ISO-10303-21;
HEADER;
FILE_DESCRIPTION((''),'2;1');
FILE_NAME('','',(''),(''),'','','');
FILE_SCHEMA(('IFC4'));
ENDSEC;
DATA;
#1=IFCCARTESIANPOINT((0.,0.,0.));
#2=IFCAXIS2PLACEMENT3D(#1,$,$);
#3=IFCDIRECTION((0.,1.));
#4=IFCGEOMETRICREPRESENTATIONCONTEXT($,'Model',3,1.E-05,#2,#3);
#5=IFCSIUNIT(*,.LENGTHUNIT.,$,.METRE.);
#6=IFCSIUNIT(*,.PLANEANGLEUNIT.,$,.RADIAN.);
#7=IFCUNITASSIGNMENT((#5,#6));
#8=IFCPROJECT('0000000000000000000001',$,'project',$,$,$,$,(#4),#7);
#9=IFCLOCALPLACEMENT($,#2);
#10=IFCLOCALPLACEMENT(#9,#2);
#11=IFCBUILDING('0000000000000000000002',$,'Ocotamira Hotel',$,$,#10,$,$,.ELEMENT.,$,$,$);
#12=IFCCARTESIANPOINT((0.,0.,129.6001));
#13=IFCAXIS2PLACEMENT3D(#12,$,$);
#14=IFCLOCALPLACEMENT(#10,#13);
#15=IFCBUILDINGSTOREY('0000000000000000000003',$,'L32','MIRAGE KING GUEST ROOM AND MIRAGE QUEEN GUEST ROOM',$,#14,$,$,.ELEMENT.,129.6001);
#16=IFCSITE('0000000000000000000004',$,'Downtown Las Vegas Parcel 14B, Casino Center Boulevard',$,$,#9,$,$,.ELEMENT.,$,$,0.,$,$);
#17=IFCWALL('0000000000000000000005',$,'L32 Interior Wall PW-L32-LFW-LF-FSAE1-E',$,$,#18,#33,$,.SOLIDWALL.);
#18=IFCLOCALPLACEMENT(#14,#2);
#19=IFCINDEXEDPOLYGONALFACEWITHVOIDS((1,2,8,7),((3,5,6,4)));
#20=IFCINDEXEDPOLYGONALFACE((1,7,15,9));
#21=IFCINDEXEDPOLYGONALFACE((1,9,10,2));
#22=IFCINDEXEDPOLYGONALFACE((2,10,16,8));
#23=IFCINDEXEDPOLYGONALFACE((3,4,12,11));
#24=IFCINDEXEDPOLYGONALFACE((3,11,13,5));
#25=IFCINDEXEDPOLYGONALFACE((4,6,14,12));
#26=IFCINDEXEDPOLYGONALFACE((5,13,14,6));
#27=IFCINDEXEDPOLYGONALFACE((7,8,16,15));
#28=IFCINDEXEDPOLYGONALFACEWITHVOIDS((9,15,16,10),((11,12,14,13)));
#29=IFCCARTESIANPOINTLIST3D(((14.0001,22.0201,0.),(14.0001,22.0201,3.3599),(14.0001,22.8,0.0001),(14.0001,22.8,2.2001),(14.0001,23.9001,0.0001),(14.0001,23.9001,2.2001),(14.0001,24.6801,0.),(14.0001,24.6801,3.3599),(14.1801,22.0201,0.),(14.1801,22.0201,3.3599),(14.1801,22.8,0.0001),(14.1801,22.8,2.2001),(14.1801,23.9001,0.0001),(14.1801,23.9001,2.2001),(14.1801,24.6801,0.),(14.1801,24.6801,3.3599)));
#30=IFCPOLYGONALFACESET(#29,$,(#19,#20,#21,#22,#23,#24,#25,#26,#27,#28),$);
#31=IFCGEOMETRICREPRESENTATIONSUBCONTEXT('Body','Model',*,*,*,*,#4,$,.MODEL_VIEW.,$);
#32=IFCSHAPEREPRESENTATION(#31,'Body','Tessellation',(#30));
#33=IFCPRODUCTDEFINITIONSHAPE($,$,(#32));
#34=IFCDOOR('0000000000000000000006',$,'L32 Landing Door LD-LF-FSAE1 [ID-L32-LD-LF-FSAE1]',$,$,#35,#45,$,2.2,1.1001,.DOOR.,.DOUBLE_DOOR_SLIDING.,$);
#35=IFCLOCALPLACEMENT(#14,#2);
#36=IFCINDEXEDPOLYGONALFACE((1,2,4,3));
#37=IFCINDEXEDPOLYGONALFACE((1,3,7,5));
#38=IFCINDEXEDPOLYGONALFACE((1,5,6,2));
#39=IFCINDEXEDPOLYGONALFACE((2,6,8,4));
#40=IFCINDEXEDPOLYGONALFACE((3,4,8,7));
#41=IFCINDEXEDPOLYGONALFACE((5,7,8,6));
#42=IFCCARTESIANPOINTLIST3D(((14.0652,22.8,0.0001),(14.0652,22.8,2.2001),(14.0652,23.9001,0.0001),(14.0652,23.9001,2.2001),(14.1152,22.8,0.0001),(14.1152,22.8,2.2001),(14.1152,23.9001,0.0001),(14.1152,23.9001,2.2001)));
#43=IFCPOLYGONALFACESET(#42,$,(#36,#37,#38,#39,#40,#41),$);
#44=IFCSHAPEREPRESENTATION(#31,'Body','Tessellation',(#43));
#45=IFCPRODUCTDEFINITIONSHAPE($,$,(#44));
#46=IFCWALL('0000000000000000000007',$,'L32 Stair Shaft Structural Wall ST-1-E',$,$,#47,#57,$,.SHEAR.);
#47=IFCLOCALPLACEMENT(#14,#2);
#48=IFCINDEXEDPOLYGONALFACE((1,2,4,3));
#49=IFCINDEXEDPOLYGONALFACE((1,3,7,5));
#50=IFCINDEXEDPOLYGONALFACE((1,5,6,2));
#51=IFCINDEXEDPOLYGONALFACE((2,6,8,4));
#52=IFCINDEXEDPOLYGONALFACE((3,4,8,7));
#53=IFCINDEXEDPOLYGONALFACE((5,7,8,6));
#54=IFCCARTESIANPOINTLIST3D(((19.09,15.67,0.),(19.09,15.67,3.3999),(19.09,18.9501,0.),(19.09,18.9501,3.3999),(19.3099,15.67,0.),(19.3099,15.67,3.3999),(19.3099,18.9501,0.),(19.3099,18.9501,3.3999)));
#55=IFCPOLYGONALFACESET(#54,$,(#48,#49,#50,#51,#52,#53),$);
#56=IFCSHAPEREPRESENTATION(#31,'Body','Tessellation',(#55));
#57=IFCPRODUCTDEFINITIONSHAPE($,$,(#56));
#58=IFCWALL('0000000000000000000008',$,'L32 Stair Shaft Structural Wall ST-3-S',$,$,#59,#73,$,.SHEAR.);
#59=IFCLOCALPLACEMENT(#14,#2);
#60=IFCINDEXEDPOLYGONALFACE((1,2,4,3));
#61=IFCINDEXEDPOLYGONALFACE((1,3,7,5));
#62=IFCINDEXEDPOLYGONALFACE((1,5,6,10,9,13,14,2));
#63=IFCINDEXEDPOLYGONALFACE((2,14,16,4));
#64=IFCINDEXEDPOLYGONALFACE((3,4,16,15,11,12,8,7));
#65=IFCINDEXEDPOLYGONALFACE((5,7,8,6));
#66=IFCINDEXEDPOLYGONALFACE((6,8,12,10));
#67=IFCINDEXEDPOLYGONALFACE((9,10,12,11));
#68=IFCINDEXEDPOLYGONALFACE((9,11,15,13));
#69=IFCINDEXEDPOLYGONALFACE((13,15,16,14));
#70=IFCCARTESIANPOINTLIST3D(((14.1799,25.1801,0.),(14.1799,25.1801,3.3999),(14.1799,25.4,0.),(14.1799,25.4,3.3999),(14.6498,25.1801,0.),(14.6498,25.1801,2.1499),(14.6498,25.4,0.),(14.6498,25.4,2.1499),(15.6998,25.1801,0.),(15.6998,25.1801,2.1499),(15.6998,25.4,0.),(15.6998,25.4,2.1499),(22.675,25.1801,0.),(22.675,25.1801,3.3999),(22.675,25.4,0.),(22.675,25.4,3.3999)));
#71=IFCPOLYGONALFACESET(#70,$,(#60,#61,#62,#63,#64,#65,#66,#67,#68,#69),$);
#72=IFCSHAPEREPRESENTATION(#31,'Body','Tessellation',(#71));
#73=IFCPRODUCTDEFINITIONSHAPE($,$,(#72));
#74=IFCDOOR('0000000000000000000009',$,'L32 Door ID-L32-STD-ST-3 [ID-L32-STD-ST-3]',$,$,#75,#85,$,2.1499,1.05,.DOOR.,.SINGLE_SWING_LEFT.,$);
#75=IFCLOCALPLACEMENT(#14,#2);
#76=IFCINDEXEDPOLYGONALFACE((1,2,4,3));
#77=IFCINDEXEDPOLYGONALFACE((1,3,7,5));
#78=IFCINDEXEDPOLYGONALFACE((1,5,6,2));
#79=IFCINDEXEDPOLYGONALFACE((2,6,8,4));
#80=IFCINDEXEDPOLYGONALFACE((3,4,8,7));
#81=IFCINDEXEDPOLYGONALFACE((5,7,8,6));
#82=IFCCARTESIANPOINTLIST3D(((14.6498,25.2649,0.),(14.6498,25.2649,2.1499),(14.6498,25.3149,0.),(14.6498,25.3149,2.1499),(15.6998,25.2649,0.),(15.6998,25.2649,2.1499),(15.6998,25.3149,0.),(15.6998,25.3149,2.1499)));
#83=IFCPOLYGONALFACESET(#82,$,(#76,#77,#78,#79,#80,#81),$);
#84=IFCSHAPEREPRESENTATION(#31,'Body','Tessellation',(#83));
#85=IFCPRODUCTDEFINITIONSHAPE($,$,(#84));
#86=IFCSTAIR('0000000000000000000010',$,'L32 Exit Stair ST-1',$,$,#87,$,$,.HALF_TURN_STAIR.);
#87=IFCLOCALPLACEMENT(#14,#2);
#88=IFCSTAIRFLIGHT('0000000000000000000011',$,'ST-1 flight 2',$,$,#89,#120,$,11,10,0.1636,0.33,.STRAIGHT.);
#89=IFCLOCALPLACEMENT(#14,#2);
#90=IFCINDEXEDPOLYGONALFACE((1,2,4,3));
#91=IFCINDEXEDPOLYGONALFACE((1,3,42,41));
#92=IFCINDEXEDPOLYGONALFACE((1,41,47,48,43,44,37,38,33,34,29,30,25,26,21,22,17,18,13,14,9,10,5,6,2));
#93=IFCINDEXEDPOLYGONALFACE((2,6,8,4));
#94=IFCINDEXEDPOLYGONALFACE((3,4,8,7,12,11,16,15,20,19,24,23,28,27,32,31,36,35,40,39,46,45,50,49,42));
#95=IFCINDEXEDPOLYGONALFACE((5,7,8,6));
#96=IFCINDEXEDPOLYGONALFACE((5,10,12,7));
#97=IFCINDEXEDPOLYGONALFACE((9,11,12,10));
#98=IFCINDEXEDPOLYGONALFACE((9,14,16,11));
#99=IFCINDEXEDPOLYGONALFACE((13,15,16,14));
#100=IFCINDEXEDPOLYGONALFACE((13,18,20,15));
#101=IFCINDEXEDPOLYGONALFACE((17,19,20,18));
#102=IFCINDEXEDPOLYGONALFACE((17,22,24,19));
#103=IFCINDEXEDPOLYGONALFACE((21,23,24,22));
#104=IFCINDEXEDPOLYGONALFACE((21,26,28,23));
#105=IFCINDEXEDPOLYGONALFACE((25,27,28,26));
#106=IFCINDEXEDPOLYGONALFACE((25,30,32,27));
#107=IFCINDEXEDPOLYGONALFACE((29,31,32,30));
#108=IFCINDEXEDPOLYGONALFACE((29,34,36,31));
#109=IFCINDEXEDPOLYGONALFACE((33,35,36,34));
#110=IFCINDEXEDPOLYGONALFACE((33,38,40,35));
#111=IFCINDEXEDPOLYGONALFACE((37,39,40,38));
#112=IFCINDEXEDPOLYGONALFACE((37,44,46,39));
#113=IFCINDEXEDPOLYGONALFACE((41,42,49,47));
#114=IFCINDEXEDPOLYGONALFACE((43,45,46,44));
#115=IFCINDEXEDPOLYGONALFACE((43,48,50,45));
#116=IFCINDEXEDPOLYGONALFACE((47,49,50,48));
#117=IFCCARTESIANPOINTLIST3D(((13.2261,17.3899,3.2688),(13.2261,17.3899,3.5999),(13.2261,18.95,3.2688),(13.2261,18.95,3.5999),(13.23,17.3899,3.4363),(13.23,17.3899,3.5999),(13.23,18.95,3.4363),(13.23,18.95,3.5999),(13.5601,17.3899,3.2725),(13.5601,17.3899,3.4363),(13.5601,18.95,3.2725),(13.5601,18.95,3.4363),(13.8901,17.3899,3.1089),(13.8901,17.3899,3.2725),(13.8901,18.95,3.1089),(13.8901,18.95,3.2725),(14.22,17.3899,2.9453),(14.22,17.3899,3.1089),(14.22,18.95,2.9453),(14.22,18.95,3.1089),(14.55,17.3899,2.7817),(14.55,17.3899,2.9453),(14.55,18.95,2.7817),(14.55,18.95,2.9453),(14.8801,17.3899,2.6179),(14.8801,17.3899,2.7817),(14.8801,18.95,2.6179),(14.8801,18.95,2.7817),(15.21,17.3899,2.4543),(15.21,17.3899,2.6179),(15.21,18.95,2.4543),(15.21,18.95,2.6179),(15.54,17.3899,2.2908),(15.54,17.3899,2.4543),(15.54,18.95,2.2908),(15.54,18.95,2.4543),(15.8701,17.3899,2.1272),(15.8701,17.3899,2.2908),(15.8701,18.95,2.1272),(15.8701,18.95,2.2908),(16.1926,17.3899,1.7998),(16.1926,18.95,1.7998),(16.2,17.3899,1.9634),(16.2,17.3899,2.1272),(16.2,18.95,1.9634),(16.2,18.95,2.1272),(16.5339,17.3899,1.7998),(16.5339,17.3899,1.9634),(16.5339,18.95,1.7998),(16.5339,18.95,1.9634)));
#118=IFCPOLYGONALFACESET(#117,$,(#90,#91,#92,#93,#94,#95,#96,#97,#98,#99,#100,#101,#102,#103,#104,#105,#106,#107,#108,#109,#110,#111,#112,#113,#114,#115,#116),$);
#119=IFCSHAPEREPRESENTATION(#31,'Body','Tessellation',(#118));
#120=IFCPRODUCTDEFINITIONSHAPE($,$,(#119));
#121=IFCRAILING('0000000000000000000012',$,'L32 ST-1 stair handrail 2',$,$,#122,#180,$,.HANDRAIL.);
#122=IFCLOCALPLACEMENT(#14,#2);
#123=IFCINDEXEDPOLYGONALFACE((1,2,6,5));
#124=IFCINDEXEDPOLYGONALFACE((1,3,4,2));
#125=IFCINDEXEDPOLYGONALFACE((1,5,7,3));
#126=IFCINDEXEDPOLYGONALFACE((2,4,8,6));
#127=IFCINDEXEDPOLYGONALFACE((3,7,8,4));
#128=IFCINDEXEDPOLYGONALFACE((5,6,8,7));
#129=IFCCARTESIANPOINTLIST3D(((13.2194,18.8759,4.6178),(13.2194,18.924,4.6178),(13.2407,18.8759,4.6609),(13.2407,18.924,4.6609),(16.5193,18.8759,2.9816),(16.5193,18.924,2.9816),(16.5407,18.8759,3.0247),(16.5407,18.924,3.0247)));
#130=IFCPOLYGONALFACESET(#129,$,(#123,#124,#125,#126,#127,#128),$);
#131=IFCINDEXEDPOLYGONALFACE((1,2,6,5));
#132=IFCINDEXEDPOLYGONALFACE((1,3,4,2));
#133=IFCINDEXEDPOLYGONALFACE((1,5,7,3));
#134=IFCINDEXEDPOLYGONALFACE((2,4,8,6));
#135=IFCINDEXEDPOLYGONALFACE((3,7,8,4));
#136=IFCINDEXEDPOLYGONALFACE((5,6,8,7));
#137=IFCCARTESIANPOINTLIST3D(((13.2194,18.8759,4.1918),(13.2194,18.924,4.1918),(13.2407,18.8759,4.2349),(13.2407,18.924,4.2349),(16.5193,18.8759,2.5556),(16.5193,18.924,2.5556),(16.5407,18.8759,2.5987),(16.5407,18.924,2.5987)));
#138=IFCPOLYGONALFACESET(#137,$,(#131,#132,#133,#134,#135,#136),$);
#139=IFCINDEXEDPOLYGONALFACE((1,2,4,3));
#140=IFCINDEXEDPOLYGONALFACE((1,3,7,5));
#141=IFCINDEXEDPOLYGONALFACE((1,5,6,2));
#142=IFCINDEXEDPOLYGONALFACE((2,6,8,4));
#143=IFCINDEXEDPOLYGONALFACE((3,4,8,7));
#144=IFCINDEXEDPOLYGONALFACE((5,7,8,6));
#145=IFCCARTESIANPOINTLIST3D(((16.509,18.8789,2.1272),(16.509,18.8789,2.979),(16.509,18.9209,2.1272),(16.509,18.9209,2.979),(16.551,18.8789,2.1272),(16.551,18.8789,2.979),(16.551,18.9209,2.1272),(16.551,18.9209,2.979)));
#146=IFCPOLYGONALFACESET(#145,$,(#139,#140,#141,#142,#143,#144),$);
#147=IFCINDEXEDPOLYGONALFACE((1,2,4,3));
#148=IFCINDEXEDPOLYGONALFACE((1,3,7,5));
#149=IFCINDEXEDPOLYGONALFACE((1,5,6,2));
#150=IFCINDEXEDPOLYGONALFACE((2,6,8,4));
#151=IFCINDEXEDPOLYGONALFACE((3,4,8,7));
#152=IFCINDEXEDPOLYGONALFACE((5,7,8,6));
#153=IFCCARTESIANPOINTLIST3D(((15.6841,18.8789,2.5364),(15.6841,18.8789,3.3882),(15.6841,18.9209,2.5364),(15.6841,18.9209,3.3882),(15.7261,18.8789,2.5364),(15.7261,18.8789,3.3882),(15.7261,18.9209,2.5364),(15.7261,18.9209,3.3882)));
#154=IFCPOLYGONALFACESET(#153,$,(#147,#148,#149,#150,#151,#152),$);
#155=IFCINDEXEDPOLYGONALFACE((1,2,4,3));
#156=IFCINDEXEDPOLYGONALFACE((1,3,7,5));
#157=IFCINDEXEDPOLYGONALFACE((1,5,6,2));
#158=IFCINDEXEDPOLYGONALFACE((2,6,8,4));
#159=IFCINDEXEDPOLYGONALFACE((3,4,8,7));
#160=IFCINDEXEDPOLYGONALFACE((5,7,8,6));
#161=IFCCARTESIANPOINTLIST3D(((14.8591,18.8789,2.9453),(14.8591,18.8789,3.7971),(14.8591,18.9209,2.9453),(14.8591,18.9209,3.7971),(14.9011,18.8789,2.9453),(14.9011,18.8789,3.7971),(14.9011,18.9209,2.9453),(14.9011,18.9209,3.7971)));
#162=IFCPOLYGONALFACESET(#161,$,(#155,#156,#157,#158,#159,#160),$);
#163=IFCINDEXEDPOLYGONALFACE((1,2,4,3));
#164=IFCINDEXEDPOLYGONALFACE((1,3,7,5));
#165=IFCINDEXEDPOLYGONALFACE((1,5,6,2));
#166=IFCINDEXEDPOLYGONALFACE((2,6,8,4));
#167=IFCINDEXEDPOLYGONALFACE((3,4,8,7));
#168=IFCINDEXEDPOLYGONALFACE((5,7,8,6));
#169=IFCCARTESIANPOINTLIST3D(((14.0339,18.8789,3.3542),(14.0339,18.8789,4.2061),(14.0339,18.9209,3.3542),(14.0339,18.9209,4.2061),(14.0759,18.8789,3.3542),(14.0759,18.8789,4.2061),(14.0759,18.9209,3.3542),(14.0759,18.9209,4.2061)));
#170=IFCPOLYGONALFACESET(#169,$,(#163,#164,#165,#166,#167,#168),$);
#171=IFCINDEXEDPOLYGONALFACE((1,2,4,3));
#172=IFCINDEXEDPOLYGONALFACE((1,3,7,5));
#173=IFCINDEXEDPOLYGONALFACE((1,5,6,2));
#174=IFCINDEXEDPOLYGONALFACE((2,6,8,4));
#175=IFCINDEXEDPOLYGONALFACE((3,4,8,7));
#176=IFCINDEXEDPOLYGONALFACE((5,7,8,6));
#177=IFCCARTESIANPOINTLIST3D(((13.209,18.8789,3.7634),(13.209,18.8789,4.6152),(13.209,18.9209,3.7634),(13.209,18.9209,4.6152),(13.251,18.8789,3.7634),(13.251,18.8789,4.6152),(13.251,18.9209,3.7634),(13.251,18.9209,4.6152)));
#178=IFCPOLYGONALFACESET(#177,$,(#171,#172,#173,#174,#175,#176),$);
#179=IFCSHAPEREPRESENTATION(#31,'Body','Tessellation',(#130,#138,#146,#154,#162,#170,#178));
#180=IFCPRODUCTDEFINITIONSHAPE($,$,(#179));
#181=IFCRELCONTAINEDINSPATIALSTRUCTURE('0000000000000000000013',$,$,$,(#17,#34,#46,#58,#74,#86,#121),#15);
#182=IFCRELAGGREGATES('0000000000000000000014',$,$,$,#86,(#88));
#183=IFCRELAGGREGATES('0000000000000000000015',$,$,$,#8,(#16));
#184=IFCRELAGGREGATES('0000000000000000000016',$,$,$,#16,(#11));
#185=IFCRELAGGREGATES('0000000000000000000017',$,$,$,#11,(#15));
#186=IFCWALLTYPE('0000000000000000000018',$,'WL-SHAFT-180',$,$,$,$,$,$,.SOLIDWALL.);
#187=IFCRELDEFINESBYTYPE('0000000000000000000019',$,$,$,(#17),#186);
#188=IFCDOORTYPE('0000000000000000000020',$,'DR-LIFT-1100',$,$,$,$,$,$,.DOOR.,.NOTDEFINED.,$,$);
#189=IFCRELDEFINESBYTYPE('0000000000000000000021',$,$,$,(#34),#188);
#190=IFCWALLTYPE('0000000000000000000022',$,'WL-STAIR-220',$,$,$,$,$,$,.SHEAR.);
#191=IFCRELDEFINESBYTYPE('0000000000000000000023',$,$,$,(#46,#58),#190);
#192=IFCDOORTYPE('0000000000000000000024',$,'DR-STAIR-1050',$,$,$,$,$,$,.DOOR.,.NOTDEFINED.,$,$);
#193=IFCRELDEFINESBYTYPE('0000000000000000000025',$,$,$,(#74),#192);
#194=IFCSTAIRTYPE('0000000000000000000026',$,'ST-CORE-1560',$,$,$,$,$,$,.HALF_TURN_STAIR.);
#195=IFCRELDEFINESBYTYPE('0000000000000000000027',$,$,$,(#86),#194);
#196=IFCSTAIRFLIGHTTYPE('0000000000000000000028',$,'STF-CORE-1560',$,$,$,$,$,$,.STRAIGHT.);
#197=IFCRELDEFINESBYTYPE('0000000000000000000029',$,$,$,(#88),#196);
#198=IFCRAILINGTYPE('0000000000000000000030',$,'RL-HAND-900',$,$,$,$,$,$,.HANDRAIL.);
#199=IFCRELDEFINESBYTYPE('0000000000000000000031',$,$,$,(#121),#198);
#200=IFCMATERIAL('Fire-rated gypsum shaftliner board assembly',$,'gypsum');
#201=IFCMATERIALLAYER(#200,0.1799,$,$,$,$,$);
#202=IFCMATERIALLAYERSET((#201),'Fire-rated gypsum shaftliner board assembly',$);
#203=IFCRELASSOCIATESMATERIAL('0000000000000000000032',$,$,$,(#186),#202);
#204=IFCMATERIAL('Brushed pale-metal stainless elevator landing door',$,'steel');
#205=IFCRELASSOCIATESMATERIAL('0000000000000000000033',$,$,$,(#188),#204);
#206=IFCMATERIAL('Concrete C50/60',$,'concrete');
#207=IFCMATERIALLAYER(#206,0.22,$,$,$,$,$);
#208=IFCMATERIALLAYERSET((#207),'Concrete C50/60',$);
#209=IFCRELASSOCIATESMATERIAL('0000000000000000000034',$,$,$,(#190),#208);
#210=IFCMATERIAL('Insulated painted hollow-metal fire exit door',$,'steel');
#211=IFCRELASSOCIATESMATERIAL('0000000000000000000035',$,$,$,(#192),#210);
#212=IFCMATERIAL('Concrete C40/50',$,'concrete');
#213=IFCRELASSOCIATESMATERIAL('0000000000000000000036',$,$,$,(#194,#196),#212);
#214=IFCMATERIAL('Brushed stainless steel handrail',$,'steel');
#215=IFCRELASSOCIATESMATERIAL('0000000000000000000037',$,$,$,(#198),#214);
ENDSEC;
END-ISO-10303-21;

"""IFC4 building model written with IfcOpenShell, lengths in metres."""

from ifc_helpers import new_model, si_unit, direction, frame, frame_2d, origin, origin_2d, place, context, subcontext, project, spatial, polyline, rectangle, outline, extrude, source, transform, mapped, material, layer, layer_set, type_object, element, fill, aggregate, save


model = new_model("IFC4")

# Units and contexts
model_context = context("Model", 3, precision=1e-05, world=origin(), true_north=direction((0.0, 1.0)))
body_context = subcontext(model_context, "Body", "Model", "MODEL_VIEW")
ifc_project = project(units=[si_unit("LENGTHUNIT", "METRE"), si_unit("PLANEANGLEUNIT", "RADIAN")], contexts=[model_context])

# Site, building, storey
site_placement = place(None, origin())
site = spatial("IfcSite", under=ifc_project, at=site_placement, Name="Downtown Las Vegas Parcel 14B, Casino Center Boulevard", CompositionType="ELEMENT", RefElevation=0.0)
building_placement = place(site_placement, origin())
building = spatial("IfcBuilding", under=site, at=building_placement, Name="Ocotamira Hotel", CompositionType="ELEMENT")
storey_placement = place(building_placement, frame((0.0, 0.0, 129.6001)))
storey = spatial("IfcBuildingStorey", under=building, at=storey_placement, Name="L32", Description="MIRAGE KING GUEST ROOM AND MIRAGE QUEEN GUEST ROOM", CompositionType="ELEMENT", Elevation=129.6001)

# Shared definitions
ifc_material_1 = material(Name="Fire-rated gypsum shaftliner board assembly", Category="gypsum")
ifc_layer_1 = layer(ifc_material_1, 0.1799)
ifc_layer_set_1 = layer_set([ifc_layer_1], Name="Fire-rated gypsum shaftliner board assembly")
wall_type_1 = type_object("IfcWallType", Name="WL-SHAFT-180", PredefinedType="SOLIDWALL", material=ifc_layer_set_1)

# Wall, opening, door
wall_1_placement = place(storey_placement, frame((14.0901, 22.02, 0.0), z_axis=(0.0, 0.0, 1.0), x_axis=(0.0, 1.0, 0.0)))
wall_1 = element("IfcWall", 1, at=wall_1_placement, inside=storey, type_object=wall_type_1, Name="L32 Interior Wall PW-L32-LFW-LF-FSAE1-E", PredefinedType="SOLIDWALL", context=body_context, shape_type="SweptSolid", body=[
    extrude(rectangle(XDim=2.6599, YDim=0.1799, at=frame_2d((1.3301, 0.0))), origin(), (0.0, 0.0, 1.0), 3.3599),
])
opening_1_placement = place(wall_1_placement, frame((0.78, 0.0, 0.0)))
opening_1 = element("IfcOpeningElement", 2, at=opening_1_placement, cuts=wall_1, PredefinedType="OPENING", context=body_context, shape_type="SweptSolid", body=[
    extrude(rectangle(XDim=1.1001, YDim=2.2, at=frame_2d((0.55, 1.1001))), frame((0.0, 0.1001, 0.0), z_axis=(0.0, -1.0, 0.0), x_axis=(1.0, 0.0, 0.0)), (0.0, 0.0, 1.0), 0.2),
])
ifc_material_2 = material(Name="Brushed pale-metal stainless elevator landing door", Category="steel")
door_type_1 = type_object("IfcDoorType", Name="DR-LIFT-1100", OperationType="NOTDEFINED", PredefinedType="DOOR", material=ifc_material_2)
shared_shape_1 = source(origin(), body_context, "Body", "SweptSolid", [
    extrude(rectangle(XDim=1.1001, YDim=2.2, at=frame_2d((0.55, 1.1001))), frame((0.0, 0.0249, 0.0), z_axis=(0.0, -1.0, 0.0), x_axis=(1.0, 0.0, 0.0)), (0.0, 0.0, 1.0), 0.05),
])
door_1_placement = place(opening_1_placement, origin())
door_1 = element("IfcDoor", 3, at=door_1_placement, inside=storey, type_object=door_type_1, Name="L32 Landing Door LD-LF-FSAE1 [ID-L32-LD-LF-FSAE1]", OperationType="DOUBLE_DOOR_SLIDING", OverallHeight=2.2, OverallWidth=1.1001, PredefinedType="DOOR", context=body_context, shape_type="MappedRepresentation", body=[
    mapped(shared_shape_1, transform((0.0, 0.0, 0.0), scale=1.0)),
])
fill(opening_1, door_1)

# Wall
ifc_material_3 = material(Name="Concrete C50/60", Category="concrete")
ifc_layer_2 = layer(ifc_material_3, 0.22)
ifc_layer_set_2 = layer_set([ifc_layer_2], Name="Concrete C50/60")
wall_type_2 = type_object("IfcWallType", Name="WL-STAIR-220", PredefinedType="SHEAR", material=ifc_layer_set_2)
wall_2_placement = place(storey_placement, frame((19.2, 15.6699, 0.0), z_axis=(0.0, 0.0, 1.0), x_axis=(0.0, 1.0, 0.0)))
element("IfcWall", 4, at=wall_2_placement, inside=storey, type_object=wall_type_2, Name="L32 Stair Shaft Structural Wall ST-1-E", PredefinedType="SHEAR", context=body_context, shape_type="SweptSolid", body=[
    extrude(rectangle(XDim=3.28, YDim=0.22, at=frame_2d((1.6401, 0.0))), origin(), (0.0, 0.0, 1.0), 3.3999),
])

# Wall, opening, door
wall_3_placement = place(storey_placement, frame((14.1799, 25.29, 0.0), z_axis=(0.0, 0.0, 1.0), x_axis=(1.0, 0.0, 0.0)))
wall_3 = element("IfcWall", 5, at=wall_3_placement, inside=storey, type_object=wall_type_2, Name="L32 Stair Shaft Structural Wall ST-3-S", PredefinedType="SHEAR", context=body_context, shape_type="SweptSolid", body=[
    extrude(rectangle(XDim=8.4951, YDim=0.22, at=frame_2d((4.2476, 0.0))), origin(), (0.0, 0.0, 1.0), 3.3999),
])
opening_2_placement = place(wall_3_placement, frame((0.47, 0.0, 0.0)))
opening_2 = element("IfcOpeningElement", 6, at=opening_2_placement, cuts=wall_3, PredefinedType="OPENING", context=body_context, shape_type="SweptSolid", body=[
    extrude(rectangle(XDim=1.05, YDim=2.1499, at=frame_2d((0.5249, 1.075))), frame((0.0, 0.1201, 0.0), z_axis=(0.0, -1.0, 0.0), x_axis=(1.0, 0.0, 0.0)), (0.0, 0.0, 1.0), 0.24),
])
ifc_material_4 = material(Name="Insulated painted hollow-metal fire exit door", Category="steel")
door_type_2 = type_object("IfcDoorType", Name="DR-STAIR-1050", OperationType="NOTDEFINED", PredefinedType="DOOR", material=ifc_material_4)
shared_shape_2 = source(origin(), body_context, "Body", "SweptSolid", [
    extrude(rectangle(XDim=1.05, YDim=2.1499, at=frame_2d((0.5249, 1.075))), frame((0.0, 0.0249, 0.0), z_axis=(0.0, -1.0, 0.0), x_axis=(1.0, 0.0, 0.0)), (0.0, 0.0, 1.0), 0.05),
])
door_2_placement = place(opening_2_placement, origin())
door_2 = element("IfcDoor", 7, at=door_2_placement, inside=storey, type_object=door_type_2, Name="L32 Door ID-L32-STD-ST-3 [ID-L32-STD-ST-3]", OperationType="SINGLE_SWING_LEFT", OverallHeight=2.1499, OverallWidth=1.05, PredefinedType="DOOR", context=body_context, shape_type="MappedRepresentation", body=[
    mapped(shared_shape_2, transform((0.0, 0.0, 0.0), scale=1.0)),
])
fill(opening_2, door_2)

# Stair, stair flight
ifc_material_5 = material(Name="Concrete C40/50", Category="concrete")
stair_type = type_object("IfcStairType", Name="ST-CORE-1560", PredefinedType="HALF_TURN_STAIR", material=ifc_material_5)
stair_placement = place(storey_placement, origin())
stair = element("IfcStair", 8, at=stair_placement, inside=storey, type_object=stair_type, Name="L32 Exit Stair ST-1", PredefinedType="HALF_TURN_STAIR")
stair_flight_type = type_object("IfcStairFlightType", Name="STF-CORE-1560", PredefinedType="STRAIGHT", material=ifc_material_5)
shared_shape_3 = source(origin(), body_context, "Body", "SweptSolid", [
    extrude(outline(polyline([(-0.0039, 0.0), (-0.0039, 0.1636), (0.3301, 0.1636), (0.3301, 0.3274), (0.6599, 0.3274), (0.6599, 0.491), (0.99, 0.491), (0.99, 0.6545), (1.3201, 0.6545), (1.3201, 0.8181), (1.6499, 0.8181), (1.6499, 0.9819), (1.98, 0.9819), (1.98, 1.1455), (2.3101, 1.1455), (2.3101, 1.3091), (2.6399, 1.3091), (2.6399, 1.4727), (2.97, 1.4727), (2.97, 1.6365), (3.3, 1.6365), (3.3, 1.8), (3.304, 1.8), (3.304, 1.469), (0.3374, 0.0), (-0.0039, 0.0)])), frame((0.0, 0.78, 0.0), z_axis=(0.0, -1.0, 0.0), x_axis=(1.0, 0.0, 0.0)), (0.0, 0.0, 1.0), 1.5601),
])
stair_flight_placement = place(storey_placement, frame((16.53, 18.1699, 1.7998), z_axis=(0.0, 0.0, 1.0), x_axis=(-1.0, 0.0, 0.0)))
stair_flight = element("IfcStairFlight", 9, at=stair_flight_placement, type_object=stair_flight_type, Name="ST-1 flight 2", NumberOfRisers=11, NumberOfTreads=10, PredefinedType="STRAIGHT", RiserHeight=0.1636, TreadLength=0.33, context=body_context, shape_type="MappedRepresentation", body=[
    mapped(shared_shape_3, transform((0.0, 0.0, 0.0), scale=1.0)),
])
aggregate(stair, [stair_flight])

# Railing
ifc_material_6 = material(Name="Brushed stainless steel handrail", Category="steel")
railing_type_1 = type_object("IfcRailingType", Name="RL-HAND-900", PredefinedType="HANDRAIL", material=ifc_material_6)
railing_1_placement = place(storey_placement, frame((16.53, 18.8999, 2.1272)))
element("IfcRailing", 10, at=railing_1_placement, inside=storey, type_object=railing_type_1, Name="L32 ST-1 stair handrail 2", PredefinedType="HANDRAIL", context=body_context, shape_type="SweptSolid", body=[
    extrude(rectangle(XDim=0.0481, YDim=0.0481, at=origin_2d()), frame((0.0, 0.0, 0.876), z_axis=(-0.89592, 0.0, 0.444215), x_axis=(0.0, -1.0, 0.0)), (0.0, 0.0, 1.0), 3.6833),
    extrude(rectangle(XDim=0.0481, YDim=0.0481, at=origin_2d()), frame((0.0, 0.0, 0.45), z_axis=(-0.89592, 0.0, 0.444215), x_axis=(0.0, -1.0, 0.0)), (0.0, 0.0, 1.0), 3.6833),
    extrude(rectangle(XDim=0.042, YDim=0.042, at=origin_2d()), origin(), (0.0, 0.0, 1.0), 0.8518),
    extrude(rectangle(XDim=0.042, YDim=0.042, at=origin_2d()), frame((-0.825, 0.0, 0.4092)), (0.0, 0.0, 1.0), 0.8518),
    extrude(rectangle(XDim=0.042, YDim=0.042, at=origin_2d()), frame((-1.6499, 0.0, 0.8181)), (0.0, 0.0, 1.0), 0.8518),
    extrude(rectangle(XDim=0.042, YDim=0.042, at=origin_2d()), frame((-2.4751, 0.0, 1.2271)), (0.0, 0.0, 1.0), 0.8518),
    extrude(rectangle(XDim=0.042, YDim=0.042, at=origin_2d()), frame((-3.3, 0.0, 1.6362)), (0.0, 0.0, 1.0), 0.8518),
])

save(model, "model.ifc")
